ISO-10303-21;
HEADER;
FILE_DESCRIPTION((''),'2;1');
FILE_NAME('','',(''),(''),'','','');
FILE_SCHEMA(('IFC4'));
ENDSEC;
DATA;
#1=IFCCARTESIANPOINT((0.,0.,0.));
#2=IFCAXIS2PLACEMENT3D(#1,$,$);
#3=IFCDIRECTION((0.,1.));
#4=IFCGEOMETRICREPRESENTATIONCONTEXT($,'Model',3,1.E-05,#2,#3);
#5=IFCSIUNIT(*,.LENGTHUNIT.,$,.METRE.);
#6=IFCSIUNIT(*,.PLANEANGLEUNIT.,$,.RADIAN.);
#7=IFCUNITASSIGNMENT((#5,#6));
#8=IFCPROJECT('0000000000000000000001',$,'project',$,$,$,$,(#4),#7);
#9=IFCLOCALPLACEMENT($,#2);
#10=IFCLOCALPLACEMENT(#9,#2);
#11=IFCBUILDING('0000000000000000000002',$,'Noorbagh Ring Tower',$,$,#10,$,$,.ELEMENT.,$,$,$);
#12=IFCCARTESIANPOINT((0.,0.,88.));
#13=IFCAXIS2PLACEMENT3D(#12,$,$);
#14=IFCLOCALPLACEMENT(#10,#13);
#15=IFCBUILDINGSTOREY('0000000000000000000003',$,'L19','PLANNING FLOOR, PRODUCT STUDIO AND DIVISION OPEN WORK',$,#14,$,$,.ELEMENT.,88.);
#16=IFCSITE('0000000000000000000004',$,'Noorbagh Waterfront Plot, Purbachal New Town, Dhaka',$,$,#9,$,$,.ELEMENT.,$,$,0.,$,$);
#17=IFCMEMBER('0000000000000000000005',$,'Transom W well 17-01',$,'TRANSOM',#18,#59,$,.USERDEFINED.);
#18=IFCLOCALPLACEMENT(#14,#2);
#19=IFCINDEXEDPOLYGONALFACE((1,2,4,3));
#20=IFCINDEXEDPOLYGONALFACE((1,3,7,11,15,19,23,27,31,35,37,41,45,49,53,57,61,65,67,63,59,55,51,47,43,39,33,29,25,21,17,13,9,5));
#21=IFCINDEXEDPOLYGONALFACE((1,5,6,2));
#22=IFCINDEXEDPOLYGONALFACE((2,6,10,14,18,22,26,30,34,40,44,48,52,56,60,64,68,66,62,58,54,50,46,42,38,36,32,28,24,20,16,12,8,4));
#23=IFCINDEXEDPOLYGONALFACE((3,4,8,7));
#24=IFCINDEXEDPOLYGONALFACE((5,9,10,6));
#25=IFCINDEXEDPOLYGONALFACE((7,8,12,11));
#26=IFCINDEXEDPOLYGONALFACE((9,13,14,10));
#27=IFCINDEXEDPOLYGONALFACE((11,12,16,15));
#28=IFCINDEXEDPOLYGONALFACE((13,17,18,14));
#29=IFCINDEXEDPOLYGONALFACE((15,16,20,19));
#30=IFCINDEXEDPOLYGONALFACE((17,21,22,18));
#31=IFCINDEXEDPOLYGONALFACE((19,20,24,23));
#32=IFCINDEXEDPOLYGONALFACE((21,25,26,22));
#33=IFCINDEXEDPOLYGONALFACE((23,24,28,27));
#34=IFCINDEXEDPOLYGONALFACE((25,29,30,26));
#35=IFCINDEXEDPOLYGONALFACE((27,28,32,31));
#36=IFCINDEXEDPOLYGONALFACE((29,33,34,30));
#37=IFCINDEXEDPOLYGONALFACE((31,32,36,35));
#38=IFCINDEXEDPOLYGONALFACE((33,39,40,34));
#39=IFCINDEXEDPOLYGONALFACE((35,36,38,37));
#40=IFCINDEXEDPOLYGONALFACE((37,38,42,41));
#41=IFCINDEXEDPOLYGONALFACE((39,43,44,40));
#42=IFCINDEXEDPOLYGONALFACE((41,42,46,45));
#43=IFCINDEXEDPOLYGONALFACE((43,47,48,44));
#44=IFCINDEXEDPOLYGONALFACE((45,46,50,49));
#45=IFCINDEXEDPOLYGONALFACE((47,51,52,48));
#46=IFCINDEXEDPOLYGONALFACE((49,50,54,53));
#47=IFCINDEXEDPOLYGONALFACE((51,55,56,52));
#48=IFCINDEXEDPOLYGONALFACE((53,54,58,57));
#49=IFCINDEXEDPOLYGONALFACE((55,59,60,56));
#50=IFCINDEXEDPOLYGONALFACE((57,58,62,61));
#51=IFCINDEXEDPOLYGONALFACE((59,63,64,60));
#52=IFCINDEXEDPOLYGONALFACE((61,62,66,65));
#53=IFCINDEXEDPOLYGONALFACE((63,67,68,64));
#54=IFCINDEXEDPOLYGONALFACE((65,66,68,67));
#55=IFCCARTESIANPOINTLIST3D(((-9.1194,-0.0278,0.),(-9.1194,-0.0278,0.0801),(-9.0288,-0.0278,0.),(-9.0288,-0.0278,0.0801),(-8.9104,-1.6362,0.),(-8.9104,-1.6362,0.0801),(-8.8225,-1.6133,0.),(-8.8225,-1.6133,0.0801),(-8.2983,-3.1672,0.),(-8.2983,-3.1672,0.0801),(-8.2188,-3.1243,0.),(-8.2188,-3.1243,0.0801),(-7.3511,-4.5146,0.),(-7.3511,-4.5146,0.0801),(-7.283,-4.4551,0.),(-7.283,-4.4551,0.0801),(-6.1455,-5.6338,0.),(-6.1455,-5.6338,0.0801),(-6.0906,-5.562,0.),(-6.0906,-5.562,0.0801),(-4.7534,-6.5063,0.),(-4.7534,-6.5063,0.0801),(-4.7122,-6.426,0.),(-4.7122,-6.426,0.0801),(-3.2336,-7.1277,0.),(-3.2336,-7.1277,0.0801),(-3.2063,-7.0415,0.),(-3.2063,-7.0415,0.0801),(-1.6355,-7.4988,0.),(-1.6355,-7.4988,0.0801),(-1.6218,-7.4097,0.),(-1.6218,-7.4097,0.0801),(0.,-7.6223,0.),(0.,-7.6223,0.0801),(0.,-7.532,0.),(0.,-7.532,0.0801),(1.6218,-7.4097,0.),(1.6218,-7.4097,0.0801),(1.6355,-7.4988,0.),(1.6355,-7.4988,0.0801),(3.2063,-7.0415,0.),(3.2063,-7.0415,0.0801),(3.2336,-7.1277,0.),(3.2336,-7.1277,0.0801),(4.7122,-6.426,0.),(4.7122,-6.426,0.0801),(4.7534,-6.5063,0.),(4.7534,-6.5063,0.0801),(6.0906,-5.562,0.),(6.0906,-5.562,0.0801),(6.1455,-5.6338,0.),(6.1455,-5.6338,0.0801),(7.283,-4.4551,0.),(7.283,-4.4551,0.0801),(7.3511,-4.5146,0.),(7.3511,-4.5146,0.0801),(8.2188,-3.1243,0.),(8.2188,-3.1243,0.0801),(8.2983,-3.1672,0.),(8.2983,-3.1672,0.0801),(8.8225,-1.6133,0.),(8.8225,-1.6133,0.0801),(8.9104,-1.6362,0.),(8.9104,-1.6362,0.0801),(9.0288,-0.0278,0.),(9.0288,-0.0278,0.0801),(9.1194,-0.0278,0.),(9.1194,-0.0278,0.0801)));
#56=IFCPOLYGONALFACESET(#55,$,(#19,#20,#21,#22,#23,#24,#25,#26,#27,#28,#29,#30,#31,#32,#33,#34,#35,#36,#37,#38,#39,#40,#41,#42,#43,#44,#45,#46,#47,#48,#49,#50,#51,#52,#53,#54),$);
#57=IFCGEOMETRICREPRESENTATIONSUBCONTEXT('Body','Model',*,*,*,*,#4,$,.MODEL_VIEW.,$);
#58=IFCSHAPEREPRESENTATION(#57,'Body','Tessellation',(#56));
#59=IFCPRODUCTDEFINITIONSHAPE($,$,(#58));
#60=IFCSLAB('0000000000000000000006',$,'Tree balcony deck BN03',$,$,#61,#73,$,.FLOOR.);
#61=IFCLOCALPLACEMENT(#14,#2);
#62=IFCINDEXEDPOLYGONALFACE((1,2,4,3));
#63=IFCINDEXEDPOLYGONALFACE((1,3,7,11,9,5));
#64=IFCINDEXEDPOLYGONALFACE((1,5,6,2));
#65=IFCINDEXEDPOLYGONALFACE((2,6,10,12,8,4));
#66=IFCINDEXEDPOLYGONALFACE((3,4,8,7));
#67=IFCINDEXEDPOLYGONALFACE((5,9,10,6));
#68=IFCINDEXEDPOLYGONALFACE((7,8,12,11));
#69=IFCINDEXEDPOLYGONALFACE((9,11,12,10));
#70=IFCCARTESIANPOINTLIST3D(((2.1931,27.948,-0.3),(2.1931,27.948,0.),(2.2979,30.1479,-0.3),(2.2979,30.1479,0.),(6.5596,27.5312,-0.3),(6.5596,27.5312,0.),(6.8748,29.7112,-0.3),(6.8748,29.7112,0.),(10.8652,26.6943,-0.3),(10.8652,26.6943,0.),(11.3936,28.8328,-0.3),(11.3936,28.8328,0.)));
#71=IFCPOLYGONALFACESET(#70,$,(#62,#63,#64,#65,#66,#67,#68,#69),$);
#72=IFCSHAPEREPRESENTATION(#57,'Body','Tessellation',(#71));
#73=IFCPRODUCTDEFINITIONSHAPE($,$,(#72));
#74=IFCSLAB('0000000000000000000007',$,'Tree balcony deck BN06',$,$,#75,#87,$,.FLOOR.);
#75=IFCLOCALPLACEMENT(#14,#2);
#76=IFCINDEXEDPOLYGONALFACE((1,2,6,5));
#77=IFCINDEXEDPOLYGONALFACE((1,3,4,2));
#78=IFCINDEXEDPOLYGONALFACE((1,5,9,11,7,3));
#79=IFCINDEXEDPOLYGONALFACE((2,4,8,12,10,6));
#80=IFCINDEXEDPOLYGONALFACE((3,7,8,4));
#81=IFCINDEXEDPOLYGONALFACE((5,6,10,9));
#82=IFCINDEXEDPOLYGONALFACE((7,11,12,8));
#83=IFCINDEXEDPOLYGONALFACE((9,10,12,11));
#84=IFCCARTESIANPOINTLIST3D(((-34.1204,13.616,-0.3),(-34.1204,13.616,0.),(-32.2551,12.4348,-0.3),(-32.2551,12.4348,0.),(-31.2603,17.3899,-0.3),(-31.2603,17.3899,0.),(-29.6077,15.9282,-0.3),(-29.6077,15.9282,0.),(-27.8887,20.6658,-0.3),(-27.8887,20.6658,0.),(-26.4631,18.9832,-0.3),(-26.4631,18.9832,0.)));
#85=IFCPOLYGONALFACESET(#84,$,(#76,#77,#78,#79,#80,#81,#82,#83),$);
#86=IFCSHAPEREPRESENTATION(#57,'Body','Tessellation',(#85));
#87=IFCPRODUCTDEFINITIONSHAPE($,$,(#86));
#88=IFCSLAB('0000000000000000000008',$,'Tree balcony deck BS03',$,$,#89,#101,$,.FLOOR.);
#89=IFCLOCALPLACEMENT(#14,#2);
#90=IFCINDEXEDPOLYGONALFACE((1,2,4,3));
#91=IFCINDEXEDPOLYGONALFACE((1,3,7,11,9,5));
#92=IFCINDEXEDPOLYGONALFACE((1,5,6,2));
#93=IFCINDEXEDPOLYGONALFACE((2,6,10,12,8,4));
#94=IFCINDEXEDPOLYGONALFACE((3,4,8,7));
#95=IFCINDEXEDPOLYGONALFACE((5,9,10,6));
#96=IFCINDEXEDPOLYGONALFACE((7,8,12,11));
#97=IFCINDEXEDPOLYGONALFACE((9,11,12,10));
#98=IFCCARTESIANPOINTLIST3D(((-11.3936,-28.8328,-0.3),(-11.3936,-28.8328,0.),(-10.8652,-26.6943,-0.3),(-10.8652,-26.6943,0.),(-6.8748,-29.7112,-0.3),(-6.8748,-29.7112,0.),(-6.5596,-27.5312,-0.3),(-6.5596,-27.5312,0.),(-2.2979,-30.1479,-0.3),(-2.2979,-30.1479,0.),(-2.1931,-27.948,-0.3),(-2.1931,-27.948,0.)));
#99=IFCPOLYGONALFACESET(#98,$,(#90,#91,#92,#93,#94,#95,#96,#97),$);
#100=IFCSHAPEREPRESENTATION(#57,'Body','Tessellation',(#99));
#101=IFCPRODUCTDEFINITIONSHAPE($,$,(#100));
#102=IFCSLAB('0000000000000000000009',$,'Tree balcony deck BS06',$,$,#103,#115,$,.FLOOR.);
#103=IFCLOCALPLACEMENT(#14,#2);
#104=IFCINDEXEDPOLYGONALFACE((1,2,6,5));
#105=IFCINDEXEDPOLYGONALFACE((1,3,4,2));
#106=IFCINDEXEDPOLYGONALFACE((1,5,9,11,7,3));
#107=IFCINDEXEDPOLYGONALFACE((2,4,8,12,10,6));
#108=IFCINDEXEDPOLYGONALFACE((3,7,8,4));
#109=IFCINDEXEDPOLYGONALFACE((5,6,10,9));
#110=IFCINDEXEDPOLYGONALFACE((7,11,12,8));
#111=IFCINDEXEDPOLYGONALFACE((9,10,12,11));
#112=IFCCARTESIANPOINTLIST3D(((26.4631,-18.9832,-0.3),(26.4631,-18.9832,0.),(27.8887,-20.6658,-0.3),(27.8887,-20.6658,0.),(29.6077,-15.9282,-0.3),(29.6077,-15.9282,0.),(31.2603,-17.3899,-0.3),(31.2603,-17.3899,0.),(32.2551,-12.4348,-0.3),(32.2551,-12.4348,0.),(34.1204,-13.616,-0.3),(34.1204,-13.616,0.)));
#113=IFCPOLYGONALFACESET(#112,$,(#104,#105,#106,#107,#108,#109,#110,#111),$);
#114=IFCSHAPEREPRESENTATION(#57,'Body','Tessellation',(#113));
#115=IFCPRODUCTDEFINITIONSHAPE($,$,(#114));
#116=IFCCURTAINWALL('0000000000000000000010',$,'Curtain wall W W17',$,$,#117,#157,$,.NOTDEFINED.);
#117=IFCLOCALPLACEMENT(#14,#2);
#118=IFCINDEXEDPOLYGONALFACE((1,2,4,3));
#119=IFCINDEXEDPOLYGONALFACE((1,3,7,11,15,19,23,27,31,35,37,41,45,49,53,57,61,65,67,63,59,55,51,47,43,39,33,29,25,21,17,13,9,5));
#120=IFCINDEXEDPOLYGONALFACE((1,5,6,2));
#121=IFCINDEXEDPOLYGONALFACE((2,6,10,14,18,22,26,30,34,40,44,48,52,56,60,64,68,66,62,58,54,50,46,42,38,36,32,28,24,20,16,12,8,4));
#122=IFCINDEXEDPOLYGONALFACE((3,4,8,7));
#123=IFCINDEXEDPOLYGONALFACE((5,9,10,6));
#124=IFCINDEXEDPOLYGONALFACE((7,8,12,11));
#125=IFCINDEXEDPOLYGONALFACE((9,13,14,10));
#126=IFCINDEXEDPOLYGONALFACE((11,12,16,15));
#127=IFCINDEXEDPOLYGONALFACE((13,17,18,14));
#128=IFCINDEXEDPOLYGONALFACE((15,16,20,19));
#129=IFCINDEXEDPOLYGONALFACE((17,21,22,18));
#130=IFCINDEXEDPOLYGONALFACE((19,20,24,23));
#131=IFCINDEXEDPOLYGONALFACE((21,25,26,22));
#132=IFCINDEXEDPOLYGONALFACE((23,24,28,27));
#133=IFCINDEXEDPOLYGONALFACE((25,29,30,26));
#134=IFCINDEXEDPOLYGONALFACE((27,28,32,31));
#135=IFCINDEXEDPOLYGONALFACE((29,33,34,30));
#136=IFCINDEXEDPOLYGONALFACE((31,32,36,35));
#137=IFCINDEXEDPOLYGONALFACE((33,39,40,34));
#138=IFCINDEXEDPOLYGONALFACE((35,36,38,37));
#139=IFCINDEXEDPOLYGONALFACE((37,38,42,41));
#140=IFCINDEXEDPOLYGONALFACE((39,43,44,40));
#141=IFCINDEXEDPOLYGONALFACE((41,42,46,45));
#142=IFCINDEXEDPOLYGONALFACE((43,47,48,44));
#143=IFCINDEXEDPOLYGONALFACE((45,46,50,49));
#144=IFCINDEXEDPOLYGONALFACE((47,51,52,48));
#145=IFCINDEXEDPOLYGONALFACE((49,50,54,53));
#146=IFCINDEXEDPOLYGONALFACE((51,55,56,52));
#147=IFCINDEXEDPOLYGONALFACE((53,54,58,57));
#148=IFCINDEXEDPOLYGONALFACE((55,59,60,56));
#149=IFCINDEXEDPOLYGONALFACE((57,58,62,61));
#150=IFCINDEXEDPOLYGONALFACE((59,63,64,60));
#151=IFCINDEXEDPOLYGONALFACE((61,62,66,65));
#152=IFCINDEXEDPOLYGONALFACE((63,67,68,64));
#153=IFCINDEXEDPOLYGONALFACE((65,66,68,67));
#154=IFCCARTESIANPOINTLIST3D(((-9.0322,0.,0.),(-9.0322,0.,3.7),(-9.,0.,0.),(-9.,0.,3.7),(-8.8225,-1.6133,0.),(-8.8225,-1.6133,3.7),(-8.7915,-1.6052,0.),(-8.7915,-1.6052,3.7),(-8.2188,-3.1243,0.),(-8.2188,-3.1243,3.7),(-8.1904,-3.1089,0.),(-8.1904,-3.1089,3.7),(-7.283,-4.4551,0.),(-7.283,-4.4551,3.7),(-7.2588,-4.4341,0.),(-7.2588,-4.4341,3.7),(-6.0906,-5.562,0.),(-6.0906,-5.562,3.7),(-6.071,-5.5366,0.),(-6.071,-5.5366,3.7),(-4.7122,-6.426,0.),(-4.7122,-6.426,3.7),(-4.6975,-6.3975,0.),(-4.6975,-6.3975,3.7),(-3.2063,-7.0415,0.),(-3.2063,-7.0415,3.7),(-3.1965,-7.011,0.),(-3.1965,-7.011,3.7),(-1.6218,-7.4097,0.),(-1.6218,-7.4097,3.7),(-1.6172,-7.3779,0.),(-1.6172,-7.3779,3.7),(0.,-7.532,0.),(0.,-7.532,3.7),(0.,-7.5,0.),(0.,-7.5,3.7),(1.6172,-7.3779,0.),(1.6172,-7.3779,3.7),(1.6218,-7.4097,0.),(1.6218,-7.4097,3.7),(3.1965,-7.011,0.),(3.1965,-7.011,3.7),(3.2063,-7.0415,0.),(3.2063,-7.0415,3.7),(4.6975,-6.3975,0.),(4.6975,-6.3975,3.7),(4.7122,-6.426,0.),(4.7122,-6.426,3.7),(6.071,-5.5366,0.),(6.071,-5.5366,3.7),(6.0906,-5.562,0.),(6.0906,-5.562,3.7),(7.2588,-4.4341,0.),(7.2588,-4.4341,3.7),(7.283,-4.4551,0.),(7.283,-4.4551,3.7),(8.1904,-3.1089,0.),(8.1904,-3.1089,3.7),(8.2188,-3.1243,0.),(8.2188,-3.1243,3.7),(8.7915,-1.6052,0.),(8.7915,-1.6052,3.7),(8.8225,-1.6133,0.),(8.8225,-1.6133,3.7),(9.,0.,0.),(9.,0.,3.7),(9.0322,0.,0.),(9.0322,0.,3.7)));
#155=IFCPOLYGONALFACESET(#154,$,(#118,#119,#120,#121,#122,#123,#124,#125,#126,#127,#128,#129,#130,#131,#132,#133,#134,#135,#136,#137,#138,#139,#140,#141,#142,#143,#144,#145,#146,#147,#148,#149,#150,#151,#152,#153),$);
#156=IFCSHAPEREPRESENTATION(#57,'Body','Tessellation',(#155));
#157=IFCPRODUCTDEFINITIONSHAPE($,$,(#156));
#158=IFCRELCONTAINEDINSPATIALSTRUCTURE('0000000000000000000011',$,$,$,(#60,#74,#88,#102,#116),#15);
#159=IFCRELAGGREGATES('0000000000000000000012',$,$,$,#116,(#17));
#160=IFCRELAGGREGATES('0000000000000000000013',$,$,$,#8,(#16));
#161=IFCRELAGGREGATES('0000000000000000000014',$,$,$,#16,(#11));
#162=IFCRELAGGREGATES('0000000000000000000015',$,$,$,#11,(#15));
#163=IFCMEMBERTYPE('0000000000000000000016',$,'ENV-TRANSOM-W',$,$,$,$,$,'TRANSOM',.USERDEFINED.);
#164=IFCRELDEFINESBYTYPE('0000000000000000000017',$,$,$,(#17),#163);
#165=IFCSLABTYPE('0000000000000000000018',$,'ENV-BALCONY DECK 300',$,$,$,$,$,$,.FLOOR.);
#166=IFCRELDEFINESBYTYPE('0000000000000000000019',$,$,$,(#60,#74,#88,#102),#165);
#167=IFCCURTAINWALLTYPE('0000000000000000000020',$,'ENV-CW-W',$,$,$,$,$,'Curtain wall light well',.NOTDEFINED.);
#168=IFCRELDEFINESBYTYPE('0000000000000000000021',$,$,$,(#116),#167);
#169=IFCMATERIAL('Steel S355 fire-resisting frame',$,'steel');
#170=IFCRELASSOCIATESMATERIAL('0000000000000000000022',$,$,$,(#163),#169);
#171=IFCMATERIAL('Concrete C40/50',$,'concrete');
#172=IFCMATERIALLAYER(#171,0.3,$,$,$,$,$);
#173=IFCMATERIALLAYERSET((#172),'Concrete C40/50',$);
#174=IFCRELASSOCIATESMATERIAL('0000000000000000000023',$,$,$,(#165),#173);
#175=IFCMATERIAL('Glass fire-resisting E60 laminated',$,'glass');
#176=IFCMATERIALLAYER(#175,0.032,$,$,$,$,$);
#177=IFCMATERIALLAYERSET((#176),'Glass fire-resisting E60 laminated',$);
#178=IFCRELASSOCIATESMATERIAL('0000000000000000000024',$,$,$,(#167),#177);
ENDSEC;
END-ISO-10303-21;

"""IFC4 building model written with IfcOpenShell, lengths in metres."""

from ifc_helpers import new_model, si_unit, direction, frame, origin, place, context, subcontext, project, spatial, polyline, outline, extrude, material, layer, layer_set, type_object, element, aggregate, save


model = new_model("IFC4")

# Units and contexts
model_context = context("Model", 3, precision=1e-05, world=origin(), true_north=direction((0.0, 1.0)))
body_context = subcontext(model_context, "Body", "Model", "MODEL_VIEW")
ifc_project = project(units=[si_unit("LENGTHUNIT", "METRE"), si_unit("PLANEANGLEUNIT", "RADIAN")], contexts=[model_context])

# Member
site_placement = place(None, origin())
building_placement = place(site_placement, origin())
storey_placement = place(building_placement, frame((0.0, 0.0, 88.0)))
ifc_material_1 = material(Name="Steel S355 fire-resisting frame", Category="steel")
member_type_1 = type_object("IfcMemberType", Name="ENV-TRANSOM-W", ElementType="TRANSOM", PredefinedType="USERDEFINED", material=ifc_material_1)
member_1_placement = place(storey_placement, origin())
member_1 = element("IfcMember", 1, at=member_1_placement, type_object=member_type_1, Name="Transom W well 17-01", ObjectType="TRANSOM", PredefinedType="USERDEFINED", context=body_context, shape_type="SweptSolid", body=[
    extrude(outline(polyline([(-9.1194, -0.0278), (-8.9104, -1.6362), (-8.2983, -3.1672), (-7.3511, -4.5146), (-6.1455, -5.6338), (-4.7534, -6.5063), (-3.2336, -7.1277), (-1.6355, -7.4988), (0.0, -7.6223), (1.6355, -7.4988), (3.2336, -7.1277), (4.7534, -6.5063), (6.1455, -5.6338), (7.3511, -4.5146), (8.2983, -3.1672), (8.9104, -1.6362), (9.1194, -0.0278), (9.0288, -0.0278), (8.8225, -1.6133), (8.2188, -3.1243), (7.283, -4.4551), (6.0906, -5.562), (4.7122, -6.426), (3.2063, -7.0415), (1.6218, -7.4097), (0.0, -7.532), (-1.6218, -7.4097), (-3.2063, -7.0415), (-4.7122, -6.426), (-6.0906, -5.562), (-7.283, -4.4551), (-8.2188, -3.1243), (-8.8225, -1.6133), (-9.0288, -0.0278), (-9.1194, -0.0278)])), origin(), (0.0, 0.0, 1.0), 0.0801),
])

# Site, building, storey
site = spatial("IfcSite", under=ifc_project, at=site_placement, Name="Noorbagh Waterfront Plot, Purbachal New Town, Dhaka", CompositionType="ELEMENT", RefElevation=0.0)
building = spatial("IfcBuilding", under=site, at=building_placement, Name="Noorbagh Ring Tower", CompositionType="ELEMENT")
storey = spatial("IfcBuildingStorey", under=building, at=storey_placement, Name="L19", Description="PLANNING FLOOR, PRODUCT STUDIO AND DIVISION OPEN WORK", CompositionType="ELEMENT", Elevation=88.0)

# Slabs
ifc_material_2 = material(Name="Concrete C40/50", Category="concrete")
ifc_layer_1 = layer(ifc_material_2, 0.3)
ifc_layer_set_1 = layer_set([ifc_layer_1], Name="Concrete C40/50")
slab_type = type_object("IfcSlabType", Name="ENV-BALCONY DECK 300", PredefinedType="FLOOR", material=ifc_layer_set_1)
slab_1_placement = place(storey_placement, frame((0.0, 0.0, -0.3)))
element("IfcSlab", 2, at=slab_1_placement, inside=storey, type_object=slab_type, Name="Tree balcony deck BN03", PredefinedType="FLOOR", context=body_context, shape_type="SweptSolid", body=[
    extrude(outline(polyline([(11.3936, 28.8328), (6.8748, 29.7112), (2.2979, 30.1479), (2.1931, 27.948), (6.5596, 27.5312), (10.8652, 26.6943), (11.3936, 28.8328)])), origin(), (0.0, 0.0, 1.0), 0.3),
])
slab_2_placement = place(storey_placement, frame((0.0, 0.0, -0.3)))
element("IfcSlab", 3, at=slab_2_placement, inside=storey, type_object=slab_type, Name="Tree balcony deck BN06", PredefinedType="FLOOR", context=body_context, shape_type="SweptSolid", body=[
    extrude(outline(polyline([(-27.8887, 20.6658), (-31.2603, 17.3899), (-34.1204, 13.616), (-32.2551, 12.4348), (-29.6077, 15.9282), (-26.4631, 18.9832), (-27.8887, 20.6658)])), origin(), (0.0, 0.0, 1.0), 0.3),
])
slab_3_placement = place(storey_placement, frame((0.0, 0.0, -0.3)))
element("IfcSlab", 4, at=slab_3_placement, inside=storey, type_object=slab_type, Name="Tree balcony deck BS03", PredefinedType="FLOOR", context=body_context, shape_type="SweptSolid", body=[
    extrude(outline(polyline([(-11.3936, -28.8328), (-6.8748, -29.7112), (-2.2979, -30.1479), (-2.1931, -27.948), (-6.5596, -27.5312), (-10.8652, -26.6943), (-11.3936, -28.8328)])), origin(), (0.0, 0.0, 1.0), 0.3),
])
slab_4_placement = place(storey_placement, frame((0.0, 0.0, -0.3)))
element("IfcSlab", 5, at=slab_4_placement, inside=storey, type_object=slab_type, Name="Tree balcony deck BS06", PredefinedType="FLOOR", context=body_context, shape_type="SweptSolid", body=[
    extrude(outline(polyline([(27.8887, -20.6658), (31.2603, -17.3899), (34.1204, -13.616), (32.2551, -12.4348), (29.6077, -15.9282), (26.4631, -18.9832), (27.8887, -20.6658)])), origin(), (0.0, 0.0, 1.0), 0.3),
])

# Curtain wall
ifc_material_3 = material(Name="Glass fire-resisting E60 laminated", Category="glass")
ifc_layer_2 = layer(ifc_material_3, 0.032)
ifc_layer_set_2 = layer_set([ifc_layer_2], Name="Glass fire-resisting E60 laminated")
curtain_wall_type_1 = type_object("IfcCurtainWallType", Name="ENV-CW-W", ElementType="Curtain wall light well", PredefinedType="NOTDEFINED", material=ifc_layer_set_2)
curtain_wall_1_placement = place(storey_placement, origin())
curtain_wall_1 = element("IfcCurtainWall", 6, at=curtain_wall_1_placement, inside=storey, type_object=curtain_wall_type_1, Name="Curtain wall W W17", PredefinedType="NOTDEFINED", context=body_context, shape_type="SweptSolid", body=[
    extrude(outline(polyline([(-9.0322, 0.0), (-8.8225, -1.6133), (-8.2188, -3.1243), (-7.283, -4.4551), (-6.0906, -5.562), (-4.7122, -6.426), (-3.2063, -7.0415), (-1.6218, -7.4097), (0.0, -7.532), (1.6218, -7.4097), (3.2063, -7.0415), (4.7122, -6.426), (6.0906, -5.562), (7.283, -4.4551), (8.2188, -3.1243), (8.8225, -1.6133), (9.0322, 0.0), (9.0, 0.0), (8.7915, -1.6052), (8.1904, -3.1089), (7.2588, -4.4341), (6.071, -5.5366), (4.6975, -6.3975), (3.1965, -7.011), (1.6172, -7.3779), (0.0, -7.5), (-1.6172, -7.3779), (-3.1965, -7.011), (-4.6975, -6.3975), (-6.071, -5.5366), (-7.2588, -4.4341), (-8.1904, -3.1089), (-8.7915, -1.6052), (-9.0, 0.0), (-9.0322, 0.0)])), origin(), (0.0, 0.0, 1.0), 3.7),
])
aggregate(curtain_wall_1, [member_1])

save(model, "model.ifc")
